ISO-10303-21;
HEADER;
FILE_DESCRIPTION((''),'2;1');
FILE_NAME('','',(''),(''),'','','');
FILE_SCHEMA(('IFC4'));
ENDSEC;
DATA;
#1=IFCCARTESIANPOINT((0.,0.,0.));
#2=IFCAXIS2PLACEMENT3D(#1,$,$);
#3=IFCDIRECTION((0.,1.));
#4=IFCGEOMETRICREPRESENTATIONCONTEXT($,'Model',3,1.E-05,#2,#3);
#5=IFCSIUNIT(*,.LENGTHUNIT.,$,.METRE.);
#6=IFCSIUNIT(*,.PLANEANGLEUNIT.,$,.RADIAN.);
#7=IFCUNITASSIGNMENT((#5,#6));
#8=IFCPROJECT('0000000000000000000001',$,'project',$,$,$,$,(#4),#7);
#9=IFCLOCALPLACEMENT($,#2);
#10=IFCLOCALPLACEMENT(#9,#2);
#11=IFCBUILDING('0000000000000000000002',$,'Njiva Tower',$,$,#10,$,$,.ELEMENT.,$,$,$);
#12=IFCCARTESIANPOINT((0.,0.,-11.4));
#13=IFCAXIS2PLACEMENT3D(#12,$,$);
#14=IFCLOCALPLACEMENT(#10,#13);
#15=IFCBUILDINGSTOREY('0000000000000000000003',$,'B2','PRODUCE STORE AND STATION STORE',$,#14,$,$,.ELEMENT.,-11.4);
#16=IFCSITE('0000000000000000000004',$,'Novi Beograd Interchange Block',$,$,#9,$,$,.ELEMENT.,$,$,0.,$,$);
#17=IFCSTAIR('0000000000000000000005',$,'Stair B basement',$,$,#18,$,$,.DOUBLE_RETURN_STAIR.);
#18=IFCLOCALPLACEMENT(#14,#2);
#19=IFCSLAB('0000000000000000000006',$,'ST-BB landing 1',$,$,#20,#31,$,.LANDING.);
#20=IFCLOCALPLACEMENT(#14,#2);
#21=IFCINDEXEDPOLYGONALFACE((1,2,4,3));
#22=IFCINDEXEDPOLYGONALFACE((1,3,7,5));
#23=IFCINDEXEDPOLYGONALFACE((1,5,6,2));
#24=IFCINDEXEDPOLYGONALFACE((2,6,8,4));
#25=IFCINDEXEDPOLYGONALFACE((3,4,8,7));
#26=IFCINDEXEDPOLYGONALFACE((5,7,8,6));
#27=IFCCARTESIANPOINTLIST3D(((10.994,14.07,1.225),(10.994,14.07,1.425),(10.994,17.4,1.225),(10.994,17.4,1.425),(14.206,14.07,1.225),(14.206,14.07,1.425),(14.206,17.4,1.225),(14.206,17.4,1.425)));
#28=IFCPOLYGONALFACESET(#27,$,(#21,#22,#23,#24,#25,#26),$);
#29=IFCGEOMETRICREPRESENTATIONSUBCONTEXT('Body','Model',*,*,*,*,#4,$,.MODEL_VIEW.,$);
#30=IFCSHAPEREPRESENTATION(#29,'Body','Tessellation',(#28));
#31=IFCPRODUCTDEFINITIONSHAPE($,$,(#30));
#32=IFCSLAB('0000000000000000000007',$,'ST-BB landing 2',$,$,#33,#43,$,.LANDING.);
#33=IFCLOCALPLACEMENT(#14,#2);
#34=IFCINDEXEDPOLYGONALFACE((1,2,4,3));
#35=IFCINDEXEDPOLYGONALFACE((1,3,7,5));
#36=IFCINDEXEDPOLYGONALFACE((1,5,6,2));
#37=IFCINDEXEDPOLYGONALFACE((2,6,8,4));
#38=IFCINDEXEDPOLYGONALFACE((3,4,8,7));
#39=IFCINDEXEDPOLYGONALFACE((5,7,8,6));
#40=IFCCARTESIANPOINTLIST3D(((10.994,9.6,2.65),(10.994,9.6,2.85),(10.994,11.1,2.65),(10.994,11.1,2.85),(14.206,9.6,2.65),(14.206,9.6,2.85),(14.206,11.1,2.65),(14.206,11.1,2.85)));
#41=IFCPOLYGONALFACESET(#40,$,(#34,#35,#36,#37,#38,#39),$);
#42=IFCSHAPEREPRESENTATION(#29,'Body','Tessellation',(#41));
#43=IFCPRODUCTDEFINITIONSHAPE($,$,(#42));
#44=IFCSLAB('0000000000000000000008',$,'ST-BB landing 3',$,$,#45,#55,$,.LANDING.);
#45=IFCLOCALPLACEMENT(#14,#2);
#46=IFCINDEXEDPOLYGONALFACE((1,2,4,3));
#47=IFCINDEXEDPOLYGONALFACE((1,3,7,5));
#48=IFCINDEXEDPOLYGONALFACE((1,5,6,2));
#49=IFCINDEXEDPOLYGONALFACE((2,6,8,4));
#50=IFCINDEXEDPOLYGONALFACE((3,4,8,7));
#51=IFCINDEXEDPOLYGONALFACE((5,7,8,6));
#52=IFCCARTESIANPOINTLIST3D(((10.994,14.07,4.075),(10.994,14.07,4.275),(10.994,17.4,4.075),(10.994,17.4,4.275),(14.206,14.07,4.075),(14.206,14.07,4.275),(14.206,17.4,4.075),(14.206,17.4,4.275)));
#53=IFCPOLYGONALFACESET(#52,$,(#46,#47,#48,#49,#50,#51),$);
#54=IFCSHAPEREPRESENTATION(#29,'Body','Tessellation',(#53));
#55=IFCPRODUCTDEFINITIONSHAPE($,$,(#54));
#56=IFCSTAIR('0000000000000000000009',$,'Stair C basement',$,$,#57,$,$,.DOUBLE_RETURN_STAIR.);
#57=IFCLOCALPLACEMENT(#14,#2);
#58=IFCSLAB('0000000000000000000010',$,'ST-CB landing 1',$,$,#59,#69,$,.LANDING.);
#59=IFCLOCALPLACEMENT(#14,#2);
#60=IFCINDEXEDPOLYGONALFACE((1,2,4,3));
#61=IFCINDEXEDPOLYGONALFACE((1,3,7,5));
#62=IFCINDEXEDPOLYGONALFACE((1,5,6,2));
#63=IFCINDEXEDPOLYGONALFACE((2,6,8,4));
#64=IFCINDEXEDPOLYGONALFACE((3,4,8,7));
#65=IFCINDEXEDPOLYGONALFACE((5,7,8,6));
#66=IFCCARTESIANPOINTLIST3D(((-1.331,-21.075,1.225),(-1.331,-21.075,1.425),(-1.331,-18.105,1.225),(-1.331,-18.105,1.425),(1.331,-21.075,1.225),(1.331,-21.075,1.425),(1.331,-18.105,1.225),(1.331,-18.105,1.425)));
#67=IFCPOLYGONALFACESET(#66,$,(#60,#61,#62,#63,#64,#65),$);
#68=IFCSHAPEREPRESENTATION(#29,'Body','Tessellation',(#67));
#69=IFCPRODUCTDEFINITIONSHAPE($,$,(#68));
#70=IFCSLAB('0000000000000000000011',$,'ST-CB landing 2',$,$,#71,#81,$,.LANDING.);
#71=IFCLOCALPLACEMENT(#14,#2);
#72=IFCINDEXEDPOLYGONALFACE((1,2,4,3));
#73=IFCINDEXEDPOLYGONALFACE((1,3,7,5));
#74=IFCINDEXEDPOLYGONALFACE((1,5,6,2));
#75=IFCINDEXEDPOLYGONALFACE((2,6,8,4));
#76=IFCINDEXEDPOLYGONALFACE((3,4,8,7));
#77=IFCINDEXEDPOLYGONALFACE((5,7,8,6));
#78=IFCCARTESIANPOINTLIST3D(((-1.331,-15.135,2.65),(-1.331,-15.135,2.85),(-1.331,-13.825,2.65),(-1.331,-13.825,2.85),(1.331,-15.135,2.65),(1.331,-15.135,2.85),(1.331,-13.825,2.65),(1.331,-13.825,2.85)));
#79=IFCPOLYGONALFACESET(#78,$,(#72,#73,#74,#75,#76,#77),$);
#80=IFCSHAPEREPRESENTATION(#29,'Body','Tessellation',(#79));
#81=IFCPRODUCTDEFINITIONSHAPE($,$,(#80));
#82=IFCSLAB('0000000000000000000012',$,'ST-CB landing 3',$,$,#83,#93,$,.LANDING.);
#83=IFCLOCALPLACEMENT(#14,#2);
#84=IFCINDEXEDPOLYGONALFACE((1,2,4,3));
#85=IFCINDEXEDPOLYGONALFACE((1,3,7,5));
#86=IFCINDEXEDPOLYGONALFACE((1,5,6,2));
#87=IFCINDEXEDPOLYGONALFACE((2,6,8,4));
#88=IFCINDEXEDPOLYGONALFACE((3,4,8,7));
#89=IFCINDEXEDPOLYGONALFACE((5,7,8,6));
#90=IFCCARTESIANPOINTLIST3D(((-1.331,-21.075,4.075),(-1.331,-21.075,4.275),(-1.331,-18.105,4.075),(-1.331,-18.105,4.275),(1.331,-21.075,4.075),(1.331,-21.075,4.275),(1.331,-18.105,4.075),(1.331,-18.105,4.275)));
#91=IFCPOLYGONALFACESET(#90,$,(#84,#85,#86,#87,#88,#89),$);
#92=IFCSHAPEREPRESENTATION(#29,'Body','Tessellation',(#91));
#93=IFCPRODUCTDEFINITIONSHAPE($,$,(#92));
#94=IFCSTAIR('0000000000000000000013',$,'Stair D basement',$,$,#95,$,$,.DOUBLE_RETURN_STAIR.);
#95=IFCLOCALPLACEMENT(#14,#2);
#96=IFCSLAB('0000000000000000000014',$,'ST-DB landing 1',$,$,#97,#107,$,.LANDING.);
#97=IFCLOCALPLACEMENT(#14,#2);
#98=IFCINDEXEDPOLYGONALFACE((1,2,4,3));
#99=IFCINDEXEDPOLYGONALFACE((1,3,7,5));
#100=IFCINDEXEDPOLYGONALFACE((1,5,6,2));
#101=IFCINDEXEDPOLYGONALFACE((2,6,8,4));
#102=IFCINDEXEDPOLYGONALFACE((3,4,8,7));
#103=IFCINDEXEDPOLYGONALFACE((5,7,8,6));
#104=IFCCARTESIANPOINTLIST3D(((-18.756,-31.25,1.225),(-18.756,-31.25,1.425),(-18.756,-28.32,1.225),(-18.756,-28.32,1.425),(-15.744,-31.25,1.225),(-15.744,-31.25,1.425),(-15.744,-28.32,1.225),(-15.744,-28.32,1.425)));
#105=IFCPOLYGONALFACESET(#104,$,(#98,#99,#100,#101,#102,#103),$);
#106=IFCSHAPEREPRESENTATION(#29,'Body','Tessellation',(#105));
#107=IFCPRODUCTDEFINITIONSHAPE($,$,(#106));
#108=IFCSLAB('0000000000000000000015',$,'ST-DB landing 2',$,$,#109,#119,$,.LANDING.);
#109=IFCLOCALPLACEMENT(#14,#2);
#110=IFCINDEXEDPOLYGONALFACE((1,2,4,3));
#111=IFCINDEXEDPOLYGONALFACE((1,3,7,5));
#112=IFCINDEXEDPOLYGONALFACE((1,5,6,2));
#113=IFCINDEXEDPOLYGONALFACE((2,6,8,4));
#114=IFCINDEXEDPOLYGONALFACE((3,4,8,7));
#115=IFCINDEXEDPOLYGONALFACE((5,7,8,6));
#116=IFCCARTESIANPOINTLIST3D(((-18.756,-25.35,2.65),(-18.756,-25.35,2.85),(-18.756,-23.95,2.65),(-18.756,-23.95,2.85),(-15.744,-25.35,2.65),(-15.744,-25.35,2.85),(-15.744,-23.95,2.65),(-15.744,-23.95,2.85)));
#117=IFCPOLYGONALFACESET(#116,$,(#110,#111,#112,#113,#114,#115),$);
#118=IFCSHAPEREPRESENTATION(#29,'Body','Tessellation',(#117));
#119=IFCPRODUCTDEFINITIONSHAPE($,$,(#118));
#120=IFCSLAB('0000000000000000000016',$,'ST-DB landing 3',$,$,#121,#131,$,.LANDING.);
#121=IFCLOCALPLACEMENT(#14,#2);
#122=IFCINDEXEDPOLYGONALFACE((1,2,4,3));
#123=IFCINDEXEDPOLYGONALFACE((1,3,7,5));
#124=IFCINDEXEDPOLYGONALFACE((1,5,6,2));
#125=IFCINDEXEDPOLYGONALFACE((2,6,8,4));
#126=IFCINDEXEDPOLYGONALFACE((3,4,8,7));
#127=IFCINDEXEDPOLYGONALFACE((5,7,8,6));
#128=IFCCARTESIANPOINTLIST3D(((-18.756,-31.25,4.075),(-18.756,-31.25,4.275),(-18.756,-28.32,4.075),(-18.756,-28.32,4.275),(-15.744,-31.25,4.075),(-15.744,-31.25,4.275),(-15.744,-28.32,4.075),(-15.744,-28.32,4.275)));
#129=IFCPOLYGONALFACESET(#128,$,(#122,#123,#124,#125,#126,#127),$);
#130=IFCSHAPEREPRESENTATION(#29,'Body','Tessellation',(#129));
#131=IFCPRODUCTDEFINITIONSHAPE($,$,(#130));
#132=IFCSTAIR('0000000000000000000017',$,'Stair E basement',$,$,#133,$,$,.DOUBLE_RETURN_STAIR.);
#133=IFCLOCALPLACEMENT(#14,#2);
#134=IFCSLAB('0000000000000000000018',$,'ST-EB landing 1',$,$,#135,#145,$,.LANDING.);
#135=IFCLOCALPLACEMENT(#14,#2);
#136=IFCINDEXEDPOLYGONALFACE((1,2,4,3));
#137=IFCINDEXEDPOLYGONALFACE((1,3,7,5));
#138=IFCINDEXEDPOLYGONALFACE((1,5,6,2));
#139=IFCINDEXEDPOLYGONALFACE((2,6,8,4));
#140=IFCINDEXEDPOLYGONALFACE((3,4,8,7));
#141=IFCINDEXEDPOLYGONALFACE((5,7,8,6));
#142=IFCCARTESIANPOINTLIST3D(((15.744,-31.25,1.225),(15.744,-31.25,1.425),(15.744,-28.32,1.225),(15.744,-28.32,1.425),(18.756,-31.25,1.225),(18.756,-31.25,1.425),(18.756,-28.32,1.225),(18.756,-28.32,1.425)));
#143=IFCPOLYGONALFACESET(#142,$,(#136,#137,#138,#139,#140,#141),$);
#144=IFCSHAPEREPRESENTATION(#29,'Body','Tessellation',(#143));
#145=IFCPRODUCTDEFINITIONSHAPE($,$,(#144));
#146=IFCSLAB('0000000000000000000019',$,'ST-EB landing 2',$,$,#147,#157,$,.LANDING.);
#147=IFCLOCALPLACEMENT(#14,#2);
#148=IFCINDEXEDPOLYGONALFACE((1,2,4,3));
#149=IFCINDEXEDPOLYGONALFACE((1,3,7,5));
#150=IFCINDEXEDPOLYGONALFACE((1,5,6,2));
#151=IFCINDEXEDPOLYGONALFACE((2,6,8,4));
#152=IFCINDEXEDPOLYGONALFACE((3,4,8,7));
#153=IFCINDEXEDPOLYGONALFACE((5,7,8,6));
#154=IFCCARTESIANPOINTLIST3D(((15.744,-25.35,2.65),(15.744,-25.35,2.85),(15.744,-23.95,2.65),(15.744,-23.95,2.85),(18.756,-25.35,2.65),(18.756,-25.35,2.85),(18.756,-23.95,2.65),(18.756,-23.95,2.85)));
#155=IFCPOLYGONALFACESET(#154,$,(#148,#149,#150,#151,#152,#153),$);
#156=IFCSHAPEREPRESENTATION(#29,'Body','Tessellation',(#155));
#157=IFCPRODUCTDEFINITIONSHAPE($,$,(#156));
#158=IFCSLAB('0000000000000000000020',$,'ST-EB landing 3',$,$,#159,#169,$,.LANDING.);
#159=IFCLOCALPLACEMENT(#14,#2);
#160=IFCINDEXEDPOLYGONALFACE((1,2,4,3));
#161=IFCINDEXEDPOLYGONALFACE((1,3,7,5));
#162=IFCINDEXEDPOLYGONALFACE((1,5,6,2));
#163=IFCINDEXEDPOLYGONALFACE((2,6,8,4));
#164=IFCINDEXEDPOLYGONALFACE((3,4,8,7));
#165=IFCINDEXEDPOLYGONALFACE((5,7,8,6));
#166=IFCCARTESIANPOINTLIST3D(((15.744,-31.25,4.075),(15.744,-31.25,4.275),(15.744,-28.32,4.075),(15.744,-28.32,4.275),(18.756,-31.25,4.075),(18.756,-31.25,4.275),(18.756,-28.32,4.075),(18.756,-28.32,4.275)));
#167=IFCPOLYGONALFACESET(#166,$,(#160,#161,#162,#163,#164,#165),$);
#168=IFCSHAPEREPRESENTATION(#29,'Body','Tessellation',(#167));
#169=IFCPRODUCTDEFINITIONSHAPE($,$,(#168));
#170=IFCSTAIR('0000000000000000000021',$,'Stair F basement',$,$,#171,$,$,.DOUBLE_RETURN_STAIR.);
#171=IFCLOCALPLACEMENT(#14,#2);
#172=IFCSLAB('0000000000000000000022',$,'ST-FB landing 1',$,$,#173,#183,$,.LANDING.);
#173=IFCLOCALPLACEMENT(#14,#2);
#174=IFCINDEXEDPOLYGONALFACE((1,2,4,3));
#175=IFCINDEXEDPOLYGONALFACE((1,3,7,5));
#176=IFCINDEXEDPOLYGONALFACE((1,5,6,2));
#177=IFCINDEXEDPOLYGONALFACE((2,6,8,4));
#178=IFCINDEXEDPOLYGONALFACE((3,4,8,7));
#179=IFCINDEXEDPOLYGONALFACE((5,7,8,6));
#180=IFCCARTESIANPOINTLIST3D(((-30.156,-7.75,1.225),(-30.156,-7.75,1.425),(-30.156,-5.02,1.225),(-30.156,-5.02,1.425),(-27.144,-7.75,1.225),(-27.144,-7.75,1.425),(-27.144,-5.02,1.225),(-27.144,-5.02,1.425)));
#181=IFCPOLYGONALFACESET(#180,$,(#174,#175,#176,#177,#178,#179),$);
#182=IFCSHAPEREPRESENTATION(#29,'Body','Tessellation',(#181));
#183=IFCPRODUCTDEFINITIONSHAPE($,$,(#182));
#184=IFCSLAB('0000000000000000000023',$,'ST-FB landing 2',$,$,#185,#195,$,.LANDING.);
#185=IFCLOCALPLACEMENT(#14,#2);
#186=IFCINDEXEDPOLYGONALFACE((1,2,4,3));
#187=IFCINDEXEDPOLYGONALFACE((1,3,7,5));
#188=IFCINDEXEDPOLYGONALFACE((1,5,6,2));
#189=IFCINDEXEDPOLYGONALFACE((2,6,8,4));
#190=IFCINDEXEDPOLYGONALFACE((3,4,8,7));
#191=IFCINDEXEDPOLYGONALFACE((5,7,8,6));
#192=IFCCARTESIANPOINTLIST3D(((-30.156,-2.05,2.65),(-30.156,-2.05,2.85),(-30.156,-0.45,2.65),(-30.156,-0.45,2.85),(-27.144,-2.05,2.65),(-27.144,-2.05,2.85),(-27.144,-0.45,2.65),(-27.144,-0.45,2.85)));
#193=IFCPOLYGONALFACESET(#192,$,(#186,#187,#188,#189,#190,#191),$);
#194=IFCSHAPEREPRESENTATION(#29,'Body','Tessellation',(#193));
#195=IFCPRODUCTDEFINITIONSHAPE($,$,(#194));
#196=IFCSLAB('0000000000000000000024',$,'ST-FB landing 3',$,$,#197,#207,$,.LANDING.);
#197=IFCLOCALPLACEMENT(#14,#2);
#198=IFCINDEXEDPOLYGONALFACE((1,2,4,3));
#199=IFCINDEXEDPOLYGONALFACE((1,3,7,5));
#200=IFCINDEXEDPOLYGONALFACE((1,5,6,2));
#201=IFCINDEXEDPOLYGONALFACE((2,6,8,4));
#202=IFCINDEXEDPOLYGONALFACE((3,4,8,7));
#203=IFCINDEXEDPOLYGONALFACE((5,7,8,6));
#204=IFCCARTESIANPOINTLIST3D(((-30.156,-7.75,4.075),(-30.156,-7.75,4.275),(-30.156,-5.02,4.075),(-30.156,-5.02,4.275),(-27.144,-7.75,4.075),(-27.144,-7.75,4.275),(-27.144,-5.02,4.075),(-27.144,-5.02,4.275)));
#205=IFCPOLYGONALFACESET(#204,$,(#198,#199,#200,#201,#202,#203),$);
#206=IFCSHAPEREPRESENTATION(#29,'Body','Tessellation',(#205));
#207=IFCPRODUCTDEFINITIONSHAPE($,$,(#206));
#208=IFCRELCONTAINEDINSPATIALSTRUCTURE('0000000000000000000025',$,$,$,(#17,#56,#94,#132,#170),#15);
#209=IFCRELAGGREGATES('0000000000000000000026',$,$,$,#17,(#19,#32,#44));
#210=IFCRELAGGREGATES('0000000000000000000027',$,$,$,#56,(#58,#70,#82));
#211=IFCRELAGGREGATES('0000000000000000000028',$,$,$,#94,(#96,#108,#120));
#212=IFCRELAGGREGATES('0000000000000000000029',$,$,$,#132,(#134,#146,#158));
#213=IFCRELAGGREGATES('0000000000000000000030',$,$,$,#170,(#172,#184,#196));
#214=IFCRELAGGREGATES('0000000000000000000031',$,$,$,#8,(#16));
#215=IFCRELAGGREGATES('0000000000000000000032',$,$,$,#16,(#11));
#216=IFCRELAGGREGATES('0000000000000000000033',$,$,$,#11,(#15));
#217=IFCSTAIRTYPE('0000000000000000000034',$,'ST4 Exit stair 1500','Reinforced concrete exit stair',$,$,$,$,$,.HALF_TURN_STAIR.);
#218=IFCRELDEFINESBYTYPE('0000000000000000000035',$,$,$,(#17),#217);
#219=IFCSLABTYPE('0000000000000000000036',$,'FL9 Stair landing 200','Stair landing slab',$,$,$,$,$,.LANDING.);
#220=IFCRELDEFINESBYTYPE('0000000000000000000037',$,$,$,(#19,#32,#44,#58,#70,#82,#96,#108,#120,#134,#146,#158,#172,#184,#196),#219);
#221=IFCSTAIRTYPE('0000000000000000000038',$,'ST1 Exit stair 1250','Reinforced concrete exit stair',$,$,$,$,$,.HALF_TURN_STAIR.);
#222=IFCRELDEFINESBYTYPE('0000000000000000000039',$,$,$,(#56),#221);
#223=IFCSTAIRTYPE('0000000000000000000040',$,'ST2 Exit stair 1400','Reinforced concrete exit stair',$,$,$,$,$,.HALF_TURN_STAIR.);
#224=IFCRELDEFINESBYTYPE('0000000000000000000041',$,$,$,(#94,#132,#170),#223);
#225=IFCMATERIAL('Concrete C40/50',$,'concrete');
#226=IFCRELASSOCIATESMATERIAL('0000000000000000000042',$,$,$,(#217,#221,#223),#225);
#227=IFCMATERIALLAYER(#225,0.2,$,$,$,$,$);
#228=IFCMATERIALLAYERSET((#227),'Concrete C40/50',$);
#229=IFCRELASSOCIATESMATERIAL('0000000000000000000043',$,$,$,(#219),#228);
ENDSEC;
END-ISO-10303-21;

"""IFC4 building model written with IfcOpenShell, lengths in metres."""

from ifc_helpers import new_model, si_unit, direction, frame, origin, place, context, subcontext, project, spatial, polyline, outline, extrude, material, layer, layer_set, type_object, element, aggregate, save


model = new_model("IFC4")

# Units and contexts
model_context = context("Model", 3, precision=1e-05, world=origin(), true_north=direction((0.0, 1.0)))
body_context = subcontext(model_context, "Body", "Model", "MODEL_VIEW")
ifc_project = project(units=[si_unit("LENGTHUNIT", "METRE"), si_unit("PLANEANGLEUNIT", "RADIAN")], contexts=[model_context])

# Site, building, storey
site_placement = place(None, origin())
site = spatial("IfcSite", under=ifc_project, at=site_placement, Name="Novi Beograd Interchange Block", CompositionType="ELEMENT", RefElevation=0.0)
building_placement = place(site_placement, origin())
building = spatial("IfcBuilding", under=site, at=building_placement, Name="Njiva Tower", CompositionType="ELEMENT")
storey_placement = place(building_placement, frame((0.0, 0.0, -11.4)))
storey = spatial("IfcBuildingStorey", under=building, at=storey_placement, Name="B2", Description="PRODUCE STORE AND STATION STORE", CompositionType="ELEMENT", Elevation=-11.4)

# Stairs, slabs
ifc_material_1 = material(Name="Concrete C40/50", Category="concrete")
stair_type_1 = type_object("IfcStairType", Name="ST4 Exit stair 1500", Description="Reinforced concrete exit stair", PredefinedType="HALF_TURN_STAIR", material=ifc_material_1)
stair_1_placement = place(storey_placement, origin())
stair_1 = element("IfcStair", 1, at=stair_1_placement, inside=storey, type_object=stair_type_1, Name="Stair B basement", PredefinedType="DOUBLE_RETURN_STAIR")
ifc_layer_1 = layer(ifc_material_1, 0.2)
ifc_layer_set_1 = layer_set([ifc_layer_1], Name="Concrete C40/50")
slab_type = type_object("IfcSlabType", Name="FL9 Stair landing 200", Description="Stair landing slab", PredefinedType="LANDING", material=ifc_layer_set_1)
slab_1_placement = place(storey_placement, frame((0.0, 0.0, 1.225)))
slab_1 = element("IfcSlab", 2, at=slab_1_placement, type_object=slab_type, Name="ST-BB landing 1", PredefinedType="LANDING", context=body_context, shape_type="SweptSolid", body=[
    extrude(outline(polyline([(10.994, 14.07), (14.206, 14.07), (14.206, 17.4), (10.994, 17.4), (10.994, 14.07)])), origin(), (0.0, 0.0, 1.0), 0.2),
])
slab_2_placement = place(storey_placement, frame((0.0, 0.0, 2.65)))
slab_2 = element("IfcSlab", 3, at=slab_2_placement, type_object=slab_type, Name="ST-BB landing 2", PredefinedType="LANDING", context=body_context, shape_type="SweptSolid", body=[
    extrude(outline(polyline([(10.994, 9.6), (14.206, 9.6), (14.206, 11.1), (10.994, 11.1), (10.994, 9.6)])), origin(), (0.0, 0.0, 1.0), 0.2),
])
slab_3_placement = place(storey_placement, frame((0.0, 0.0, 4.075)))
slab_3 = element("IfcSlab", 4, at=slab_3_placement, type_object=slab_type, Name="ST-BB landing 3", PredefinedType="LANDING", context=body_context, shape_type="SweptSolid", body=[
    extrude(outline(polyline([(10.994, 14.07), (14.206, 14.07), (14.206, 17.4), (10.994, 17.4), (10.994, 14.07)])), origin(), (0.0, 0.0, 1.0), 0.2),
])
aggregate(stair_1, [slab_1, slab_2, slab_3])
stair_type_2 = type_object("IfcStairType", Name="ST1 Exit stair 1250", Description="Reinforced concrete exit stair", PredefinedType="HALF_TURN_STAIR", material=ifc_material_1)
stair_2_placement = place(storey_placement, origin())
stair_2 = element("IfcStair", 5, at=stair_2_placement, inside=storey, type_object=stair_type_2, Name="Stair C basement", PredefinedType="DOUBLE_RETURN_STAIR")
slab_4_placement = place(storey_placement, frame((0.0, 0.0, 1.225)))
slab_4 = element("IfcSlab", 6, at=slab_4_placement, type_object=slab_type, Name="ST-CB landing 1", PredefinedType="LANDING", context=body_context, shape_type="SweptSolid", body=[
    extrude(outline(polyline([(-1.331, -21.075), (1.331, -21.075), (1.331, -18.105), (-1.331, -18.105), (-1.331, -21.075)])), origin(), (0.0, 0.0, 1.0), 0.2),
])
slab_5_placement = place(storey_placement, frame((0.0, 0.0, 2.65)))
slab_5 = element("IfcSlab", 7, at=slab_5_placement, type_object=slab_type, Name="ST-CB landing 2", PredefinedType="LANDING", context=body_context, shape_type="SweptSolid", body=[
    extrude(outline(polyline([(-1.331, -15.135), (1.331, -15.135), (1.331, -13.825), (-1.331, -13.825), (-1.331, -15.135)])), origin(), (0.0, 0.0, 1.0), 0.2),
])
slab_6_placement = place(storey_placement, frame((0.0, 0.0, 4.075)))
slab_6 = element("IfcSlab", 8, at=slab_6_placement, type_object=slab_type, Name="ST-CB landing 3", PredefinedType="LANDING", context=body_context, shape_type="SweptSolid", body=[
    extrude(outline(polyline([(-1.331, -21.075), (1.331, -21.075), (1.331, -18.105), (-1.331, -18.105), (-1.331, -21.075)])), origin(), (0.0, 0.0, 1.0), 0.2),
])
aggregate(stair_2, [slab_4, slab_5, slab_6])
stair_type_3 = type_object("IfcStairType", Name="ST2 Exit stair 1400", Description="Reinforced concrete exit stair", PredefinedType="HALF_TURN_STAIR", material=ifc_material_1)
stair_3_placement = place(storey_placement, origin())
stair_3 = element("IfcStair", 9, at=stair_3_placement, inside=storey, type_object=stair_type_3, Name="Stair D basement", PredefinedType="DOUBLE_RETURN_STAIR")
slab_7_placement = place(storey_placement, frame((0.0, 0.0, 1.225)))
slab_7 = element("IfcSlab", 10, at=slab_7_placement, type_object=slab_type, Name="ST-DB landing 1", PredefinedType="LANDING", context=body_context, shape_type="SweptSolid", body=[
    extrude(outline(polyline([(-18.756, -31.25), (-15.744, -31.25), (-15.744, -28.32), (-18.756, -28.32), (-18.756, -31.25)])), origin(), (0.0, 0.0, 1.0), 0.2),
])
slab_8_placement = place(storey_placement, frame((0.0, 0.0, 2.65)))
slab_8 = element("IfcSlab", 11, at=slab_8_placement, type_object=slab_type, Name="ST-DB landing 2", PredefinedType="LANDING", context=body_context, shape_type="SweptSolid", body=[
    extrude(outline(polyline([(-18.756, -25.35), (-15.744, -25.35), (-15.744, -23.95), (-18.756, -23.95), (-18.756, -25.35)])), origin(), (0.0, 0.0, 1.0), 0.2),
])
slab_9_placement = place(storey_placement, frame((0.0, 0.0, 4.075)))
slab_9 = element("IfcSlab", 12, at=slab_9_placement, type_object=slab_type, Name="ST-DB landing 3", PredefinedType="LANDING", context=body_context, shape_type="SweptSolid", body=[
    extrude(outline(polyline([(-18.756, -31.25), (-15.744, -31.25), (-15.744, -28.32), (-18.756, -28.32), (-18.756, -31.25)])), origin(), (0.0, 0.0, 1.0), 0.2),
])
aggregate(stair_3, [slab_7, slab_8, slab_9])
stair_4_placement = place(storey_placement, origin())
stair_4 = element("IfcStair", 13, at=stair_4_placement, inside=storey, type_object=stair_type_3, Name="Stair E basement", PredefinedType="DOUBLE_RETURN_STAIR")
slab_10_placement = place(storey_placement, frame((0.0, 0.0, 1.225)))
slab_10 = element("IfcSlab", 14, at=slab_10_placement, type_object=slab_type, Name="ST-EB landing 1", PredefinedType="LANDING", context=body_context, shape_type="SweptSolid", body=[
    extrude(outline(polyline([(15.744, -31.25), (18.756, -31.25), (18.756, -28.32), (15.744, -28.32), (15.744, -31.25)])), origin(), (0.0, 0.0, 1.0), 0.2),
])
slab_11_placement = place(storey_placement, frame((0.0, 0.0, 2.65)))
slab_11 = element("IfcSlab", 15, at=slab_11_placement, type_object=slab_type, Name="ST-EB landing 2", PredefinedType="LANDING", context=body_context, shape_type="SweptSolid", body=[
    extrude(outline(polyline([(15.744, -25.35), (18.756, -25.35), (18.756, -23.95), (15.744, -23.95), (15.744, -25.35)])), origin(), (0.0, 0.0, 1.0), 0.2),
])
slab_12_placement = place(storey_placement, frame((0.0, 0.0, 4.075)))
slab_12 = element("IfcSlab", 16, at=slab_12_placement, type_object=slab_type, Name="ST-EB landing 3", PredefinedType="LANDING", context=body_context, shape_type="SweptSolid", body=[
    extrude(outline(polyline([(15.744, -31.25), (18.756, -31.25), (18.756, -28.32), (15.744, -28.32), (15.744, -31.25)])), origin(), (0.0, 0.0, 1.0), 0.2),
])
aggregate(stair_4, [slab_10, slab_11, slab_12])
stair_5_placement = place(storey_placement, origin())
stair_5 = element("IfcStair", 17, at=stair_5_placement, inside=storey, type_object=stair_type_3, Name="Stair F basement", PredefinedType="DOUBLE_RETURN_STAIR")
slab_13_placement = place(storey_placement, frame((0.0, 0.0, 1.225)))
slab_13 = element("IfcSlab", 18, at=slab_13_placement, type_object=slab_type, Name="ST-FB landing 1", PredefinedType="LANDING", context=body_context, shape_type="SweptSolid", body=[
    extrude(outline(polyline([(-30.156, -7.75), (-27.144, -7.75), (-27.144, -5.02), (-30.156, -5.02), (-30.156, -7.75)])), origin(), (0.0, 0.0, 1.0), 0.2),
])
slab_14_placement = place(storey_placement, frame((0.0, 0.0, 2.65)))
slab_14 = element("IfcSlab", 19, at=slab_14_placement, type_object=slab_type, Name="ST-FB landing 2", PredefinedType="LANDING", context=body_context, shape_type="SweptSolid", body=[
    extrude(outline(polyline([(-30.156, -2.05), (-27.144, -2.05), (-27.144, -0.45), (-30.156, -0.45), (-30.156, -2.05)])), origin(), (0.0, 0.0, 1.0), 0.2),
])
slab_15_placement = place(storey_placement, frame((0.0, 0.0, 4.075)))
slab_15 = element("IfcSlab", 20, at=slab_15_placement, type_object=slab_type, Name="ST-FB landing 3", PredefinedType="LANDING", context=body_context, shape_type="SweptSolid", body=[
    extrude(outline(polyline([(-30.156, -7.75), (-27.144, -7.75), (-27.144, -5.02), (-30.156, -5.02), (-30.156, -7.75)])), origin(), (0.0, 0.0, 1.0), 0.2),
])
aggregate(stair_5, [slab_13, slab_14, slab_15])

save(model, "model.ifc")
